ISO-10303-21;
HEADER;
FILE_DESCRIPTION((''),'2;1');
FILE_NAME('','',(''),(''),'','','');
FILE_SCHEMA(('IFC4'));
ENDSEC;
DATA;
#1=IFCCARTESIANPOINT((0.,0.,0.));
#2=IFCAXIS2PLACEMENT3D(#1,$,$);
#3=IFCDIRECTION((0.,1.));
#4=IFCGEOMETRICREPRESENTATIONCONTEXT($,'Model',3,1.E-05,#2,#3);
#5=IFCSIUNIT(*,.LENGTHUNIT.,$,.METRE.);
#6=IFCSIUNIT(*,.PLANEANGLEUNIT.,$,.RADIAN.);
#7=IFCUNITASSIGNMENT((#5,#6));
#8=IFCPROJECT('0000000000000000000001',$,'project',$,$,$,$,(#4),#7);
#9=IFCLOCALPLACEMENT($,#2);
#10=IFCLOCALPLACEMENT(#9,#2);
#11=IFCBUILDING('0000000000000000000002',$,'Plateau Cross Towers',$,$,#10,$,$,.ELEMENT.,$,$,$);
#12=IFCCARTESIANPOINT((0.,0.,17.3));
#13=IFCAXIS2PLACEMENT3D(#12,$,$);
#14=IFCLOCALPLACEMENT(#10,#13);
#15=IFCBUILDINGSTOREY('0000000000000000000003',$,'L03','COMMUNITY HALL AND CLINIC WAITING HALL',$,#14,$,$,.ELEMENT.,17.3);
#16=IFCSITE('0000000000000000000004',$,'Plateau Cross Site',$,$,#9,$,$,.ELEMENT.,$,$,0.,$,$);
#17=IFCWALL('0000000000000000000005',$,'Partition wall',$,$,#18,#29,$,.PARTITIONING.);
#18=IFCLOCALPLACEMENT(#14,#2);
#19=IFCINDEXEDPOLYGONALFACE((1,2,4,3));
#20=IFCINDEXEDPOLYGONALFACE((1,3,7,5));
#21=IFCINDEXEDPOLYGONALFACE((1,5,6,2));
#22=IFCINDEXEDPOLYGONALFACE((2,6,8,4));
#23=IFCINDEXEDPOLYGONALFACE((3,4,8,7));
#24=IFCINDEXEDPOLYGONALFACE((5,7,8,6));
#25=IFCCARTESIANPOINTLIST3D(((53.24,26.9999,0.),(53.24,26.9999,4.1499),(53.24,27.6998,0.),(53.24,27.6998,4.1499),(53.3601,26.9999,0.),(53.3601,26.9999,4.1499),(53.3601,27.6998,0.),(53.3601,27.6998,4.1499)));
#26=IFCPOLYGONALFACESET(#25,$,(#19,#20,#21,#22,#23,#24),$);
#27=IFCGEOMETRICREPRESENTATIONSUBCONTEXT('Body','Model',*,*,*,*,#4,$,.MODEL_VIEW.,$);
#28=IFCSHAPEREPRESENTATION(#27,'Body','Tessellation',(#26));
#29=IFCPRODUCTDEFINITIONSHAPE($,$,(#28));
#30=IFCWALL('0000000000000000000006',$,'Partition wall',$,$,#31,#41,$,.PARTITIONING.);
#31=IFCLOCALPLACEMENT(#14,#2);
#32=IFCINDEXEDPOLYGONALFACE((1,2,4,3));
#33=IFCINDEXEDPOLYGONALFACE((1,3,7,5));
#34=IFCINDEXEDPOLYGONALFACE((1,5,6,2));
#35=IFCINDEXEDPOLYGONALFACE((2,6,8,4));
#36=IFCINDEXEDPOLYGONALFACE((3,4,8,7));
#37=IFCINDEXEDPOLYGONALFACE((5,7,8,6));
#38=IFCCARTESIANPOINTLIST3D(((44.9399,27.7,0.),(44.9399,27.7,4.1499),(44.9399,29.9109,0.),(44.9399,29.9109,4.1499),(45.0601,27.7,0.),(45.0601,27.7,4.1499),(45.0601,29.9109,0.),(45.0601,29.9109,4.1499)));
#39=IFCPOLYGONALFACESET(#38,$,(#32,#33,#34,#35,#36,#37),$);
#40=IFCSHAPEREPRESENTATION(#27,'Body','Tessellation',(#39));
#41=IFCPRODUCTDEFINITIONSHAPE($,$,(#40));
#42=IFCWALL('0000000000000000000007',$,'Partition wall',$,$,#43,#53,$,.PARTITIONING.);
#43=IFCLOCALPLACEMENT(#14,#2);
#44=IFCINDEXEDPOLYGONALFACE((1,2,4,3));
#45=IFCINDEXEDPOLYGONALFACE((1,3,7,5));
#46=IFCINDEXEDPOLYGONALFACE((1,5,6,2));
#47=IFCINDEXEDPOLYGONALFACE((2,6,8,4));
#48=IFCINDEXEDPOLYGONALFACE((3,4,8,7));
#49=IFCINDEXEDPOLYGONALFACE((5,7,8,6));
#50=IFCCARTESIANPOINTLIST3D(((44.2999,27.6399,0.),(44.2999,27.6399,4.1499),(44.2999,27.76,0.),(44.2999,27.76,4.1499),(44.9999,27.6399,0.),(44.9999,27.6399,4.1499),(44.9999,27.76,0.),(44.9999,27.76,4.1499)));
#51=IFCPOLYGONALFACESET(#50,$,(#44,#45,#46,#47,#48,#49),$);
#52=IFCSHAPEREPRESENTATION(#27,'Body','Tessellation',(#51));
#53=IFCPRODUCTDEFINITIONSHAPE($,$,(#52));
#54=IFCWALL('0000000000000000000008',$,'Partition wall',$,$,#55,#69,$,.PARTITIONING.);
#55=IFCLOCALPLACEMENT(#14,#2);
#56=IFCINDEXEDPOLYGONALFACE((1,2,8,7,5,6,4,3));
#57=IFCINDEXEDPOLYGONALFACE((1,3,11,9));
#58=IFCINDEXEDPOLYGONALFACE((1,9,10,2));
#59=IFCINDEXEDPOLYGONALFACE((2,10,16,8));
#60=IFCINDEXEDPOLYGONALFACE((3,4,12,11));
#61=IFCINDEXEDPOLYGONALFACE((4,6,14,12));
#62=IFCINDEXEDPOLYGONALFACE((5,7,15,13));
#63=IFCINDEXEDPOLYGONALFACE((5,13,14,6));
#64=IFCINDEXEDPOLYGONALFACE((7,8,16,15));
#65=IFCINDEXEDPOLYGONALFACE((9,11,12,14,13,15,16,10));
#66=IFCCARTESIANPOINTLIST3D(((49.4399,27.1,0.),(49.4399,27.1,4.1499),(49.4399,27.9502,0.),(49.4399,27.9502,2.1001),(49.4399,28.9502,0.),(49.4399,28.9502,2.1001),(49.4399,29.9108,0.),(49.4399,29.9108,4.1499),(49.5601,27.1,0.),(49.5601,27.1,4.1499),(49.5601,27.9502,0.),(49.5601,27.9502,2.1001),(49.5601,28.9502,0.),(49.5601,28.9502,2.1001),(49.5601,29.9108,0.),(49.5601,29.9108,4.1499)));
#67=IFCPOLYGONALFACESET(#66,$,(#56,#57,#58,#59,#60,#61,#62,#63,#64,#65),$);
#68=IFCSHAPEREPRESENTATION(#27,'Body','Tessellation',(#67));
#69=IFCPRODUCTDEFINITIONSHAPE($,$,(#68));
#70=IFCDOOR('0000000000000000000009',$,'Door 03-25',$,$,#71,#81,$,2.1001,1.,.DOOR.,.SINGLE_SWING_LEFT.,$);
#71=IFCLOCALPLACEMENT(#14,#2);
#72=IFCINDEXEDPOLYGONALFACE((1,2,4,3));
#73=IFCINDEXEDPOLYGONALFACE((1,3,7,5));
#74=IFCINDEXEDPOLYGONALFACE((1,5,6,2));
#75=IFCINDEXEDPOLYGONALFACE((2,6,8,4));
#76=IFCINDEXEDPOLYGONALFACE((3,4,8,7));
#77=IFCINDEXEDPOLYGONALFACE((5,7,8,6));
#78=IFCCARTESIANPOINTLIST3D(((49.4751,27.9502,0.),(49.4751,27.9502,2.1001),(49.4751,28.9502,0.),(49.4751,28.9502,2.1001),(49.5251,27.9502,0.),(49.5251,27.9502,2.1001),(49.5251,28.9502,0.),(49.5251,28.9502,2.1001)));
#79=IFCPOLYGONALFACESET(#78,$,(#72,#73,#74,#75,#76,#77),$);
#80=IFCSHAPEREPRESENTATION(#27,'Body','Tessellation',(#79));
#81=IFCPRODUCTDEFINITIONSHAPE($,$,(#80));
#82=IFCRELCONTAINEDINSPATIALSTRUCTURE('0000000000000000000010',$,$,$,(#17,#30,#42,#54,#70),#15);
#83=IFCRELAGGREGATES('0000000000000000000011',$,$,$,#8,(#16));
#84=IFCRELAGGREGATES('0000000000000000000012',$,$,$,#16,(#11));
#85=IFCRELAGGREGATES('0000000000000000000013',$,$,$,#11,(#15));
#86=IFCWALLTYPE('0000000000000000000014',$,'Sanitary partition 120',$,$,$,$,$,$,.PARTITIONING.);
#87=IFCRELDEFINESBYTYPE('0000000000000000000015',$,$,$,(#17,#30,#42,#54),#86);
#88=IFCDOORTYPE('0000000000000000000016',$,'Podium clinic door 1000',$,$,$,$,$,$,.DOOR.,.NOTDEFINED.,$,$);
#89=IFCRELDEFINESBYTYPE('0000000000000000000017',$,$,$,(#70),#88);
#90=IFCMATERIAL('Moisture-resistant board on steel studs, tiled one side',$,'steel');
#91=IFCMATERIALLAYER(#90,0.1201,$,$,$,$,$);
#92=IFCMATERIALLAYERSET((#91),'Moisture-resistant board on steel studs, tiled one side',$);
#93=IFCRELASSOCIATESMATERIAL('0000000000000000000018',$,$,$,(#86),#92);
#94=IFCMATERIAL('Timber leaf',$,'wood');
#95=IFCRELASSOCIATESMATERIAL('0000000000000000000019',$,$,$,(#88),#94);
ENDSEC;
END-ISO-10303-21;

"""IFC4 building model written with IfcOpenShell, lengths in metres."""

from ifc_helpers import new_model, si_unit, direction, frame, frame_2d, origin, place, context, subcontext, project, spatial, rectangle, extrude, material, layer, layer_set, type_object, element, fill, save


model = new_model("IFC4")

# Units and contexts
model_context = context("Model", 3, precision=1e-05, world=origin(), true_north=direction((0.0, 1.0)))
body_context = subcontext(model_context, "Body", "Model", "MODEL_VIEW")
ifc_project = project(units=[si_unit("LENGTHUNIT", "METRE"), si_unit("PLANEANGLEUNIT", "RADIAN")], contexts=[model_context])

# Site, building, storey
site_placement = place(None, origin())
site = spatial("IfcSite", under=ifc_project, at=site_placement, Name="Plateau Cross Site", CompositionType="ELEMENT", RefElevation=0.0)
building_placement = place(site_placement, origin())
building = spatial("IfcBuilding", under=site, at=building_placement, Name="Plateau Cross Towers", CompositionType="ELEMENT")
storey_placement = place(building_placement, frame((0.0, 0.0, 17.3)))
storey = spatial("IfcBuildingStorey", under=building, at=storey_placement, Name="L03", Description="COMMUNITY HALL AND CLINIC WAITING HALL", CompositionType="ELEMENT", Elevation=17.3)

# Walls
ifc_material_1 = material(Name="Moisture-resistant board on steel studs, tiled one side", Category="steel")
ifc_layer_1 = layer(ifc_material_1, 0.1201)
ifc_layer_set_1 = layer_set([ifc_layer_1], Name="Moisture-resistant board on steel studs, tiled one side")
wall_type_1 = type_object("IfcWallType", Name="Sanitary partition 120", PredefinedType="PARTITIONING", material=ifc_layer_set_1)
wall_1_placement = place(storey_placement, frame((53.3, 27.7, 0.0), z_axis=(0.0, 0.0, 1.0), x_axis=(0.0, -1.0, 0.0)))
element("IfcWall", 1, at=wall_1_placement, inside=storey, type_object=wall_type_1, Name="Partition wall", PredefinedType="PARTITIONING", context=body_context, shape_type="SweptSolid", body=[
    extrude(rectangle(XDim=0.7, YDim=0.1201, at=frame_2d((0.3501, 0.0))), origin(), (0.0, 0.0, 1.0), 4.1499),
])
wall_2_placement = place(storey_placement, frame((45.0, 29.9109, 0.0), z_axis=(0.0, 0.0, 1.0), x_axis=(0.0, -1.0, 0.0)))
element("IfcWall", 2, at=wall_2_placement, inside=storey, type_object=wall_type_1, Name="Partition wall", PredefinedType="PARTITIONING", context=body_context, shape_type="SweptSolid", body=[
    extrude(rectangle(XDim=2.2109, YDim=0.1201, at=frame_2d((1.1055, 0.0))), origin(), (0.0, 0.0, 1.0), 4.1499),
])
wall_3_placement = place(storey_placement, frame((45.0, 27.7, 0.0), z_axis=(0.0, 0.0, 1.0), x_axis=(-1.0, 0.0, 0.0)))
element("IfcWall", 3, at=wall_3_placement, inside=storey, type_object=wall_type_1, Name="Partition wall", PredefinedType="PARTITIONING", context=body_context, shape_type="SweptSolid", body=[
    extrude(rectangle(XDim=0.7, YDim=0.1201, at=frame_2d((0.3501, 0.0))), origin(), (0.0, 0.0, 1.0), 4.1499),
])

# Wall, opening, door
wall_4_placement = place(storey_placement, frame((49.5, 27.1001, 0.0), z_axis=(0.0, 0.0, 1.0), x_axis=(0.0, 1.0, 0.0)))
wall_4 = element("IfcWall", 4, at=wall_4_placement, inside=storey, type_object=wall_type_1, Name="Partition wall", PredefinedType="PARTITIONING", context=body_context, shape_type="SweptSolid", body=[
    extrude(rectangle(XDim=2.8108, YDim=0.1201, at=frame_2d((1.4053, 0.0))), origin(), (0.0, 0.0, 1.0), 4.1499),
])
opening_1_placement = place(wall_4_placement, frame((0.8501, 0.0, 0.0)))
opening_1 = element("IfcOpeningElement", 5, at=opening_1_placement, cuts=wall_4, PredefinedType="OPENING", context=body_context, shape_type="SweptSolid", body=[
    extrude(rectangle(XDim=1.0, YDim=2.1001, at=frame_2d((0.5, 1.05))), frame((0.0, 0.0701, 0.0), z_axis=(0.0, -1.0, 0.0), x_axis=(1.0, 0.0, 0.0)), (0.0, 0.0, 1.0), 0.1401),
])
ifc_material_2 = material(Name="Timber leaf", Category="wood")
door_type_1 = type_object("IfcDoorType", Name="Podium clinic door 1000", OperationType="NOTDEFINED", PredefinedType="DOOR", material=ifc_material_2)
door_1_placement = place(opening_1_placement, origin())
door_1 = element("IfcDoor", 6, at=door_1_placement, inside=storey, type_object=door_type_1, Name="Door 03-25", OperationType="SINGLE_SWING_LEFT", OverallHeight=2.1001, OverallWidth=1.0, PredefinedType="DOOR", context=body_context, shape_type="SweptSolid", body=[
    extrude(rectangle(XDim=1.0, YDim=2.1001, at=frame_2d((0.5, 1.05))), frame((0.0, 0.0249, 0.0), z_axis=(0.0, -1.0, 0.0), x_axis=(1.0, 0.0, 0.0)), (0.0, 0.0, 1.0), 0.05),
])
fill(opening_1, door_1)

save(model, "model.ifc")
